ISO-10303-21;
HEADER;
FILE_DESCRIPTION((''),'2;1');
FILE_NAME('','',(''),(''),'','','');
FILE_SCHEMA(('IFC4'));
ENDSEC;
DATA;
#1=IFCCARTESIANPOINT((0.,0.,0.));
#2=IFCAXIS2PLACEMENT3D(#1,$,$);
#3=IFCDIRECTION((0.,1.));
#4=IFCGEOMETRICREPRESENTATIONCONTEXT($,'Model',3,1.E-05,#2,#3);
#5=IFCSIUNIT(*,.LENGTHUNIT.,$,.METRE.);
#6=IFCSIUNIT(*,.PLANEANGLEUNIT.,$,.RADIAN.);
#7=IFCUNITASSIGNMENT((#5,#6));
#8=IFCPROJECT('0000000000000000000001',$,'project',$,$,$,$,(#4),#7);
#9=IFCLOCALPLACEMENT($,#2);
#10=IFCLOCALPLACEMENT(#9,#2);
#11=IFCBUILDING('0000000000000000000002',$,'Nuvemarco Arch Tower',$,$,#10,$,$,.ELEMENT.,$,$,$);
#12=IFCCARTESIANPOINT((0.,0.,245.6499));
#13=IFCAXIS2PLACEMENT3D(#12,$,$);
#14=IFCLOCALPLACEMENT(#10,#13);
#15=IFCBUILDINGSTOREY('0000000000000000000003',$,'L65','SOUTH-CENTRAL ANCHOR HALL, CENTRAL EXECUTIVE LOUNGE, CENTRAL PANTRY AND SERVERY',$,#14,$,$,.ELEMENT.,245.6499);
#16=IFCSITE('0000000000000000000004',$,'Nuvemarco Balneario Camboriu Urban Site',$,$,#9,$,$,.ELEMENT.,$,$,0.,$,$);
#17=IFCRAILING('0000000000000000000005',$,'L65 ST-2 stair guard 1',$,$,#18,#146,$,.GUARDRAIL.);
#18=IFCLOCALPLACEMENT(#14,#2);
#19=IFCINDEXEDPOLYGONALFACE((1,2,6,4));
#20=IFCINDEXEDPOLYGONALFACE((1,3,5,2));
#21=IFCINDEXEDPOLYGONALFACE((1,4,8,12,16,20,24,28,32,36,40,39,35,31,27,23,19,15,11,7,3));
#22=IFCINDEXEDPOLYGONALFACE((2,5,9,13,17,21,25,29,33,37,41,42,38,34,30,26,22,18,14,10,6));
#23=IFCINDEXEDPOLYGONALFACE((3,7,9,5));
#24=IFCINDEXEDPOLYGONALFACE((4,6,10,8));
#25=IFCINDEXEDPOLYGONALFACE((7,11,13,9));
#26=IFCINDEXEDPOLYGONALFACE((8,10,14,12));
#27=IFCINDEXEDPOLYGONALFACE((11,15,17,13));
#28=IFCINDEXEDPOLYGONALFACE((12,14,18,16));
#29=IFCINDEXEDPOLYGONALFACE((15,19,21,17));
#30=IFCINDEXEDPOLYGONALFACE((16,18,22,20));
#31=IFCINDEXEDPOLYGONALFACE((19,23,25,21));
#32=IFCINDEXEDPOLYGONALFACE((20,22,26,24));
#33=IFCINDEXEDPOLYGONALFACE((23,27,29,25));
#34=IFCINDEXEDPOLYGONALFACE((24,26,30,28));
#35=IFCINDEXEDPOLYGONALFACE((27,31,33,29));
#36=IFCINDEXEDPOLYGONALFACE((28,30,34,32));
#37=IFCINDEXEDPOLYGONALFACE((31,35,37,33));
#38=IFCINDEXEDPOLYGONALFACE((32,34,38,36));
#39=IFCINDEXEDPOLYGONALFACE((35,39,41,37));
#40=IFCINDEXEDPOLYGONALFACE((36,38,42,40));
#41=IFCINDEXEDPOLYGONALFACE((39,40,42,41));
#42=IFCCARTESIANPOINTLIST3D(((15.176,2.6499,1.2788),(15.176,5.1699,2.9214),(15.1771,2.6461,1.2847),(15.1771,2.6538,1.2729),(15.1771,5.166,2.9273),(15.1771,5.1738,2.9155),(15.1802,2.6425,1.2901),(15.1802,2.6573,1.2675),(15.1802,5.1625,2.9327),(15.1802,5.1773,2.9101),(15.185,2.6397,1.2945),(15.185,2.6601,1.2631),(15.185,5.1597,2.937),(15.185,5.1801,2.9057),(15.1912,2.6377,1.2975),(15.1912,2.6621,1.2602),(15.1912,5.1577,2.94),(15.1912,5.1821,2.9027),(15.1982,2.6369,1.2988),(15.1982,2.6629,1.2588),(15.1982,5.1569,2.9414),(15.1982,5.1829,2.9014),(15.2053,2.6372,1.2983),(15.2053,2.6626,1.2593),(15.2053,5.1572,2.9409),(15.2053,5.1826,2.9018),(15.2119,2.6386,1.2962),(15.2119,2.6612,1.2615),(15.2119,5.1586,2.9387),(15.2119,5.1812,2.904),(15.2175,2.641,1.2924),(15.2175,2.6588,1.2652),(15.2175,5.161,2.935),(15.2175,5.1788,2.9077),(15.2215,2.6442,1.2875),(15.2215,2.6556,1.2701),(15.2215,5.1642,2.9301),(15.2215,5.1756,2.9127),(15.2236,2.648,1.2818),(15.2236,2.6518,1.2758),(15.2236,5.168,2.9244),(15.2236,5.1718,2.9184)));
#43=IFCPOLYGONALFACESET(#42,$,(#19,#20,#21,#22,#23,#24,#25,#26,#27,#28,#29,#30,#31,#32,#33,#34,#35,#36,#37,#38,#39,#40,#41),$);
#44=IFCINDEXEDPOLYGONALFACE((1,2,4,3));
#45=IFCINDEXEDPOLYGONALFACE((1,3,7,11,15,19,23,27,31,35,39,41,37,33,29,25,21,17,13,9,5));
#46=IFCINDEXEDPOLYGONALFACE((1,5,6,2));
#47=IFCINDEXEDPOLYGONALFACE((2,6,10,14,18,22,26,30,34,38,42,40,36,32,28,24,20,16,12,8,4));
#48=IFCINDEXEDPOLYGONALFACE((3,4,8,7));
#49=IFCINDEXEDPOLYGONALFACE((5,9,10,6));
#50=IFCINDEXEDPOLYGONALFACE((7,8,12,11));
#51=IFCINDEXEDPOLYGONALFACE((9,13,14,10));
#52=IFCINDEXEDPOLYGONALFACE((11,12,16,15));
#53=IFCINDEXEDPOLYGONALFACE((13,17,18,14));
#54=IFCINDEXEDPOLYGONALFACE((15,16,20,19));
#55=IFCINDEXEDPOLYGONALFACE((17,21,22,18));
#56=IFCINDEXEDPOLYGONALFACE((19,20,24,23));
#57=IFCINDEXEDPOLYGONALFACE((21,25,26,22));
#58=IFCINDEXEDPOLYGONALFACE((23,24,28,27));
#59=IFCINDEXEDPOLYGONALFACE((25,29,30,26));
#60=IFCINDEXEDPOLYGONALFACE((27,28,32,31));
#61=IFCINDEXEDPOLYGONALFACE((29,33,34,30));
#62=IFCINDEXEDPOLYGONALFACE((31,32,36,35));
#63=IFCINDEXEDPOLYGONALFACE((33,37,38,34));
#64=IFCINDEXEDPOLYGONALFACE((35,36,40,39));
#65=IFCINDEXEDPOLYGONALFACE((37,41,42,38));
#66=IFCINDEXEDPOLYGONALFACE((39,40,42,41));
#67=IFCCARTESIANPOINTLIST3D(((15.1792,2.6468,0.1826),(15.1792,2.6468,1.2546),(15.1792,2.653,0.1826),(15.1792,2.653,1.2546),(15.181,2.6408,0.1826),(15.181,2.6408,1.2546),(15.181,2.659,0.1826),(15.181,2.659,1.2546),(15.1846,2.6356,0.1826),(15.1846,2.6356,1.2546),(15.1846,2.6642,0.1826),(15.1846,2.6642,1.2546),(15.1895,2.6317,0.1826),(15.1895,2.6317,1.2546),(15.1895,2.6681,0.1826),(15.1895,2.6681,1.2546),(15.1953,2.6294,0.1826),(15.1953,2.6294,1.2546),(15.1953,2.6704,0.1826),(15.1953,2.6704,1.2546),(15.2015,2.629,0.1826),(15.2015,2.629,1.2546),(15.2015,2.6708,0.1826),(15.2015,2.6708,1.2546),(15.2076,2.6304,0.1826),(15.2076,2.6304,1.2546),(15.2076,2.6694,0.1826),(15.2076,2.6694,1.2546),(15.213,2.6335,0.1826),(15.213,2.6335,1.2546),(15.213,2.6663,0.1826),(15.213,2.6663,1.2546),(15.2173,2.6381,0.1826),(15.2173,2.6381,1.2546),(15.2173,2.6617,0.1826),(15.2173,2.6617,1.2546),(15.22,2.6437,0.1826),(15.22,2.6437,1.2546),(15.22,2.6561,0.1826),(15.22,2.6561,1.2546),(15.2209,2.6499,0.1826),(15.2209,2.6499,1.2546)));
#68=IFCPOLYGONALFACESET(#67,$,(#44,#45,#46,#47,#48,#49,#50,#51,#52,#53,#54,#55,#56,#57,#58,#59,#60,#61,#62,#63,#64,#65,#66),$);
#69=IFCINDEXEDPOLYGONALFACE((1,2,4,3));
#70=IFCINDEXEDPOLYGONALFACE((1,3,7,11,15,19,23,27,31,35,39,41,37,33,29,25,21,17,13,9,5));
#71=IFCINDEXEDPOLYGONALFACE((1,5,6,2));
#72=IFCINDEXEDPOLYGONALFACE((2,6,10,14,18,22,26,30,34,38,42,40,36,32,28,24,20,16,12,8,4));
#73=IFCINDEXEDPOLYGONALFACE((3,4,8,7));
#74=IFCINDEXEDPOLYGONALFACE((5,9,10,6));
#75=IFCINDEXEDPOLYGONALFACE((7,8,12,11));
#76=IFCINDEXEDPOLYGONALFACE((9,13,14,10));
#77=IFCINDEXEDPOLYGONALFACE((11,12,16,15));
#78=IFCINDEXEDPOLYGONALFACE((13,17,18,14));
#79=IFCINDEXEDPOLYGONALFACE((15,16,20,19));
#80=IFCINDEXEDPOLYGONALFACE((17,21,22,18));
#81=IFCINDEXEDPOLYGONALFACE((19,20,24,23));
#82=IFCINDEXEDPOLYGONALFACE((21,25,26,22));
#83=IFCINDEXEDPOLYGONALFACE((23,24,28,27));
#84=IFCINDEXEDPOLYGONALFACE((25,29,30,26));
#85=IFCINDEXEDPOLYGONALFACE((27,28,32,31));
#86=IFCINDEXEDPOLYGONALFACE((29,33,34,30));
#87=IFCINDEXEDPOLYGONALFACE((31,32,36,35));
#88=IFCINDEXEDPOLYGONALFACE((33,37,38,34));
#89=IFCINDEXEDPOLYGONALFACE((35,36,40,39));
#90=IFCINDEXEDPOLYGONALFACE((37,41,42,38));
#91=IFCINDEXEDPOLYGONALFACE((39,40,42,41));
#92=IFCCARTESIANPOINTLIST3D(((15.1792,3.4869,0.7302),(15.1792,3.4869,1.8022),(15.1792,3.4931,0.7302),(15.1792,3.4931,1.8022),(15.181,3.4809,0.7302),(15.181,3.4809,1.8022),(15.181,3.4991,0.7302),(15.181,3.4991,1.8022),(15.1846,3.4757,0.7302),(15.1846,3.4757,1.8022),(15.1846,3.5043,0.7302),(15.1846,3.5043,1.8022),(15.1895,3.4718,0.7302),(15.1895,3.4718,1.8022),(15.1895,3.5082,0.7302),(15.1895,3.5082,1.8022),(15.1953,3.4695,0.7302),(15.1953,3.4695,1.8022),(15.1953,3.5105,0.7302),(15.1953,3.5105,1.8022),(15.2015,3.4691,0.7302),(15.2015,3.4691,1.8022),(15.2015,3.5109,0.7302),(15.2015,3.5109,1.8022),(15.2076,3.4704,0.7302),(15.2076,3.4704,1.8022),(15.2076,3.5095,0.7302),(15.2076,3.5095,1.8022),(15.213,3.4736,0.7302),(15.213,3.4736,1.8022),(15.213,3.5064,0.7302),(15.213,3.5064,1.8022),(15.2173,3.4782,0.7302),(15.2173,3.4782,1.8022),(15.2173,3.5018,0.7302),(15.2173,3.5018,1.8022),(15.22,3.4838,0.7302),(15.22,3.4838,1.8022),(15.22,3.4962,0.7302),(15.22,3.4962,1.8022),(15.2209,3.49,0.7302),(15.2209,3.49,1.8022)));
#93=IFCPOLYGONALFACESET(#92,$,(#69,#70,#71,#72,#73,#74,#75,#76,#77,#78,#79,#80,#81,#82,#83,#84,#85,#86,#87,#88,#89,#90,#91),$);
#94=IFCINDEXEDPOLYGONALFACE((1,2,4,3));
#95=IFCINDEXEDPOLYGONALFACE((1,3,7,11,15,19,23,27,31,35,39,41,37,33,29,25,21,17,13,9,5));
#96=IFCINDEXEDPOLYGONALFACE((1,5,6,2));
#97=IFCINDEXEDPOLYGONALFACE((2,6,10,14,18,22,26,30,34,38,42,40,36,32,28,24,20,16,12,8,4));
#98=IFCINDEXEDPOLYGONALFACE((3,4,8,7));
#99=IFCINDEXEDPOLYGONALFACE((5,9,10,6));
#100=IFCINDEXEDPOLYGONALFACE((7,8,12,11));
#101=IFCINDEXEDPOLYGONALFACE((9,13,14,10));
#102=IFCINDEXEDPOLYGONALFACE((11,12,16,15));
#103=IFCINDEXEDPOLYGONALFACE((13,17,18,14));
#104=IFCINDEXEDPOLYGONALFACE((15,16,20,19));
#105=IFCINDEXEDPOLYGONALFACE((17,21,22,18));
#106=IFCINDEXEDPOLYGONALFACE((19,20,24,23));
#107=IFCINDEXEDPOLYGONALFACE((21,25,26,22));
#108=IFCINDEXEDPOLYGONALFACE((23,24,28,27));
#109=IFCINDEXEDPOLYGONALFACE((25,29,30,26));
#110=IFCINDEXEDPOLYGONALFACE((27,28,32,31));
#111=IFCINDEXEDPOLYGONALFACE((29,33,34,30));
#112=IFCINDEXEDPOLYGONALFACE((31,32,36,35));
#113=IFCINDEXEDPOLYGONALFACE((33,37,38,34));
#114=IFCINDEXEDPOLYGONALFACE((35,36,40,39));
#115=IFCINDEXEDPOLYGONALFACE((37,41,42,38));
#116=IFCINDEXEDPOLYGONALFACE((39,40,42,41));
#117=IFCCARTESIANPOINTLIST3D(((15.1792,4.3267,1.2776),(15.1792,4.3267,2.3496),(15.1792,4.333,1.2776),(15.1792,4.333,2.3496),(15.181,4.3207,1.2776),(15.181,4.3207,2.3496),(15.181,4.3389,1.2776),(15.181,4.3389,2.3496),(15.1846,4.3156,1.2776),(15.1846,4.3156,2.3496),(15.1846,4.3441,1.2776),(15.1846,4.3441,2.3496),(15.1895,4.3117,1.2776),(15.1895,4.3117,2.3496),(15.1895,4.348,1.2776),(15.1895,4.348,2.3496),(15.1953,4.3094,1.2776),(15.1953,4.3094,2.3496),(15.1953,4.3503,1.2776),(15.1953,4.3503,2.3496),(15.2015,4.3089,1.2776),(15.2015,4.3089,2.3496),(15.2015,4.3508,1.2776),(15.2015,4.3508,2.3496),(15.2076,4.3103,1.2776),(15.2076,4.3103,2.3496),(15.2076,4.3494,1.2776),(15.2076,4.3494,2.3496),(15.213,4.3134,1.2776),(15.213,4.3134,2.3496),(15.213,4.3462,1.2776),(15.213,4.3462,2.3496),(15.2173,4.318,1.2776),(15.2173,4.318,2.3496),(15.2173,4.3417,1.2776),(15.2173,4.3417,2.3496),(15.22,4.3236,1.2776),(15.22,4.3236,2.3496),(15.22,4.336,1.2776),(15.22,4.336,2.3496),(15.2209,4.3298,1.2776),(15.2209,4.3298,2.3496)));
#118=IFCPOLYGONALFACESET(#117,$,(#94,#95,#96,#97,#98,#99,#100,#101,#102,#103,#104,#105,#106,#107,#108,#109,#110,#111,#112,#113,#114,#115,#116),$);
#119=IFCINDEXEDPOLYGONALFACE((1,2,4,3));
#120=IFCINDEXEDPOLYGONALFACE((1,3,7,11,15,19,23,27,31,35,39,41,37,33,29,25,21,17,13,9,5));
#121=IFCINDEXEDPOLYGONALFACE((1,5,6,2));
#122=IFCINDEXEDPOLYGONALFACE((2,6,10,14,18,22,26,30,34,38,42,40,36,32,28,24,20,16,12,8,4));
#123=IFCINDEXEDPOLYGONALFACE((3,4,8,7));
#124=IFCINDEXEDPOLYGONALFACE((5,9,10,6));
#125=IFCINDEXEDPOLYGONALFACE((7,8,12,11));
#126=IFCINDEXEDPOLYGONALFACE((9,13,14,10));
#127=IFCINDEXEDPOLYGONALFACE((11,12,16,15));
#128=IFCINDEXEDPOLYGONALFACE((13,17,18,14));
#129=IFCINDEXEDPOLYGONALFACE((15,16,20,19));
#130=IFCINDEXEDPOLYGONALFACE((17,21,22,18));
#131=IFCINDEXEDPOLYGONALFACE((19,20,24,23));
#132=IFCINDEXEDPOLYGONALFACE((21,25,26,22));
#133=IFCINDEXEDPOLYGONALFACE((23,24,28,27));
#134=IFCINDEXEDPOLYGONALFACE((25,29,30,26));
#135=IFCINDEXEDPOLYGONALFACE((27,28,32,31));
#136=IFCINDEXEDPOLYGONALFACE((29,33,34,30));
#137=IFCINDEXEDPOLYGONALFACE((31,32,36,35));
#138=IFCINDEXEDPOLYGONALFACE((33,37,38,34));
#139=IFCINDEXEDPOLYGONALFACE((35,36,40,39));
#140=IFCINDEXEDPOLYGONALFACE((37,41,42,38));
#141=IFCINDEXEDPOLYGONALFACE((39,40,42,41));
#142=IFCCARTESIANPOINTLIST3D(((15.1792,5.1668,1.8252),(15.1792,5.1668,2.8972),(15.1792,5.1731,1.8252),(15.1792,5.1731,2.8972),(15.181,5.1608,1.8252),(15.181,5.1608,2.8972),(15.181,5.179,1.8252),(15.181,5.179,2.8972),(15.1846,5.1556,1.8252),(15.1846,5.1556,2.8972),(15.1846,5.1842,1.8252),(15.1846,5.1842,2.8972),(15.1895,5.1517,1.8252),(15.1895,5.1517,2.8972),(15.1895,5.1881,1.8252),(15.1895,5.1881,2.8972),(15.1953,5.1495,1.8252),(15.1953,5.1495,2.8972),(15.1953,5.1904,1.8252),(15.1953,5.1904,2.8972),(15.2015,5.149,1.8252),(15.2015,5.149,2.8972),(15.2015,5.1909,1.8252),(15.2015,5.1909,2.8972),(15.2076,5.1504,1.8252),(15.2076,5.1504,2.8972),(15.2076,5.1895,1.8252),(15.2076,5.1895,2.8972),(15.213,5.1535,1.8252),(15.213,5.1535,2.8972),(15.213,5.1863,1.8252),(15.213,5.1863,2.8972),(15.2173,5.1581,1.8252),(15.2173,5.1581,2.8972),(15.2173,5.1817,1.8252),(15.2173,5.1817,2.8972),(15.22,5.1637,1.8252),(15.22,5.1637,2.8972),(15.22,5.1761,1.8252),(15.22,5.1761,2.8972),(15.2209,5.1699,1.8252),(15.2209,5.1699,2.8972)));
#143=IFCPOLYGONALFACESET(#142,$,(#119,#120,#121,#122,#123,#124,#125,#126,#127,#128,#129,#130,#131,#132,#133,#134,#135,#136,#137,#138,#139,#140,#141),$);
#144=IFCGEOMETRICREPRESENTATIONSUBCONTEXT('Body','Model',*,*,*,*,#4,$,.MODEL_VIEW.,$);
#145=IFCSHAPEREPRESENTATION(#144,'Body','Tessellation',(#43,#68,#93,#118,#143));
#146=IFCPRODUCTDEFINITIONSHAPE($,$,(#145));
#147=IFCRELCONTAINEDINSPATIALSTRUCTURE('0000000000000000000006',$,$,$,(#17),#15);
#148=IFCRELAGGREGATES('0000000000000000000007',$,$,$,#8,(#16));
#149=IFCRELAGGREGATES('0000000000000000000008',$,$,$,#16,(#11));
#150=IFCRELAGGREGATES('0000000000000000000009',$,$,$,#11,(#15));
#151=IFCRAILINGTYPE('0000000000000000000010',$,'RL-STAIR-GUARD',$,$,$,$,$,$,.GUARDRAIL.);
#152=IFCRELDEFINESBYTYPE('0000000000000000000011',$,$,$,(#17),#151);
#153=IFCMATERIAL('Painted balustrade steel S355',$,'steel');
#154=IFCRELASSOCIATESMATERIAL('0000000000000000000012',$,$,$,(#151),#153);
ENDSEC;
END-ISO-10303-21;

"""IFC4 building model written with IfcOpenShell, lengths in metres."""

from ifc_helpers import new_model, si_unit, direction, frame, origin, origin_2d, place, context, subcontext, project, spatial, circle, extrude, material, type_object, element, save


model = new_model("IFC4")

# Units and contexts
model_context = context("Model", 3, precision=1e-05, world=origin(), true_north=direction((0.0, 1.0)))
body_context = subcontext(model_context, "Body", "Model", "MODEL_VIEW")
ifc_project = project(units=[si_unit("LENGTHUNIT", "METRE"), si_unit("PLANEANGLEUNIT", "RADIAN")], contexts=[model_context])

# Site, building, storey
site_placement = place(None, origin())
site = spatial("IfcSite", under=ifc_project, at=site_placement, Name="Nuvemarco Balneario Camboriu Urban Site", CompositionType="ELEMENT", RefElevation=0.0)
building_placement = place(site_placement, origin())
building = spatial("IfcBuilding", under=site, at=building_placement, Name="Nuvemarco Arch Tower", CompositionType="ELEMENT")
storey_placement = place(building_placement, frame((0.0, 0.0, 245.6499)))
storey = spatial("IfcBuildingStorey", under=building, at=storey_placement, Name="L65", Description="SOUTH-CENTRAL ANCHOR HALL, CENTRAL EXECUTIVE LOUNGE, CENTRAL PANTRY AND SERVERY", CompositionType="ELEMENT", Elevation=245.6499)

# Railing
ifc_material_1 = material(Name="Painted balustrade steel S355", Category="steel")
railing_type_1 = type_object("IfcRailingType", Name="RL-STAIR-GUARD", PredefinedType="GUARDRAIL", material=ifc_material_1)
railing_1_placement = place(storey_placement, frame((15.2, 2.6499, 0.1826)))
element("IfcRailing", 1, at=railing_1_placement, inside=storey, type_object=railing_type_1, Name="L65 ST-2 stair guard 1", PredefinedType="GUARDRAIL", context=body_context, shape_type="SweptSolid", body=[
    extrude(circle(Radius=0.0239, at=origin_2d()), frame((0.0, 0.0, 1.0962), z_axis=(0.0, 0.837749, 0.546055), x_axis=(-1.0, 0.0, 0.0)), (0.0, 0.0, 1.0), 3.0081),
    extrude(circle(Radius=0.021, at=origin_2d()), origin(), (0.0, 0.0, 1.0), 1.072),
    extrude(circle(Radius=0.021, at=origin_2d()), frame((0.0, 0.8401, 0.5476)), (0.0, 0.0, 1.0), 1.072),
    extrude(circle(Radius=0.021, at=origin_2d()), frame((0.0, 1.6799, 1.095)), (0.0, 0.0, 1.0), 1.072),
    extrude(circle(Radius=0.021, at=origin_2d()), frame((0.0, 2.52, 1.6426)), (0.0, 0.0, 1.0), 1.072),
])

save(model, "model.ifc")
